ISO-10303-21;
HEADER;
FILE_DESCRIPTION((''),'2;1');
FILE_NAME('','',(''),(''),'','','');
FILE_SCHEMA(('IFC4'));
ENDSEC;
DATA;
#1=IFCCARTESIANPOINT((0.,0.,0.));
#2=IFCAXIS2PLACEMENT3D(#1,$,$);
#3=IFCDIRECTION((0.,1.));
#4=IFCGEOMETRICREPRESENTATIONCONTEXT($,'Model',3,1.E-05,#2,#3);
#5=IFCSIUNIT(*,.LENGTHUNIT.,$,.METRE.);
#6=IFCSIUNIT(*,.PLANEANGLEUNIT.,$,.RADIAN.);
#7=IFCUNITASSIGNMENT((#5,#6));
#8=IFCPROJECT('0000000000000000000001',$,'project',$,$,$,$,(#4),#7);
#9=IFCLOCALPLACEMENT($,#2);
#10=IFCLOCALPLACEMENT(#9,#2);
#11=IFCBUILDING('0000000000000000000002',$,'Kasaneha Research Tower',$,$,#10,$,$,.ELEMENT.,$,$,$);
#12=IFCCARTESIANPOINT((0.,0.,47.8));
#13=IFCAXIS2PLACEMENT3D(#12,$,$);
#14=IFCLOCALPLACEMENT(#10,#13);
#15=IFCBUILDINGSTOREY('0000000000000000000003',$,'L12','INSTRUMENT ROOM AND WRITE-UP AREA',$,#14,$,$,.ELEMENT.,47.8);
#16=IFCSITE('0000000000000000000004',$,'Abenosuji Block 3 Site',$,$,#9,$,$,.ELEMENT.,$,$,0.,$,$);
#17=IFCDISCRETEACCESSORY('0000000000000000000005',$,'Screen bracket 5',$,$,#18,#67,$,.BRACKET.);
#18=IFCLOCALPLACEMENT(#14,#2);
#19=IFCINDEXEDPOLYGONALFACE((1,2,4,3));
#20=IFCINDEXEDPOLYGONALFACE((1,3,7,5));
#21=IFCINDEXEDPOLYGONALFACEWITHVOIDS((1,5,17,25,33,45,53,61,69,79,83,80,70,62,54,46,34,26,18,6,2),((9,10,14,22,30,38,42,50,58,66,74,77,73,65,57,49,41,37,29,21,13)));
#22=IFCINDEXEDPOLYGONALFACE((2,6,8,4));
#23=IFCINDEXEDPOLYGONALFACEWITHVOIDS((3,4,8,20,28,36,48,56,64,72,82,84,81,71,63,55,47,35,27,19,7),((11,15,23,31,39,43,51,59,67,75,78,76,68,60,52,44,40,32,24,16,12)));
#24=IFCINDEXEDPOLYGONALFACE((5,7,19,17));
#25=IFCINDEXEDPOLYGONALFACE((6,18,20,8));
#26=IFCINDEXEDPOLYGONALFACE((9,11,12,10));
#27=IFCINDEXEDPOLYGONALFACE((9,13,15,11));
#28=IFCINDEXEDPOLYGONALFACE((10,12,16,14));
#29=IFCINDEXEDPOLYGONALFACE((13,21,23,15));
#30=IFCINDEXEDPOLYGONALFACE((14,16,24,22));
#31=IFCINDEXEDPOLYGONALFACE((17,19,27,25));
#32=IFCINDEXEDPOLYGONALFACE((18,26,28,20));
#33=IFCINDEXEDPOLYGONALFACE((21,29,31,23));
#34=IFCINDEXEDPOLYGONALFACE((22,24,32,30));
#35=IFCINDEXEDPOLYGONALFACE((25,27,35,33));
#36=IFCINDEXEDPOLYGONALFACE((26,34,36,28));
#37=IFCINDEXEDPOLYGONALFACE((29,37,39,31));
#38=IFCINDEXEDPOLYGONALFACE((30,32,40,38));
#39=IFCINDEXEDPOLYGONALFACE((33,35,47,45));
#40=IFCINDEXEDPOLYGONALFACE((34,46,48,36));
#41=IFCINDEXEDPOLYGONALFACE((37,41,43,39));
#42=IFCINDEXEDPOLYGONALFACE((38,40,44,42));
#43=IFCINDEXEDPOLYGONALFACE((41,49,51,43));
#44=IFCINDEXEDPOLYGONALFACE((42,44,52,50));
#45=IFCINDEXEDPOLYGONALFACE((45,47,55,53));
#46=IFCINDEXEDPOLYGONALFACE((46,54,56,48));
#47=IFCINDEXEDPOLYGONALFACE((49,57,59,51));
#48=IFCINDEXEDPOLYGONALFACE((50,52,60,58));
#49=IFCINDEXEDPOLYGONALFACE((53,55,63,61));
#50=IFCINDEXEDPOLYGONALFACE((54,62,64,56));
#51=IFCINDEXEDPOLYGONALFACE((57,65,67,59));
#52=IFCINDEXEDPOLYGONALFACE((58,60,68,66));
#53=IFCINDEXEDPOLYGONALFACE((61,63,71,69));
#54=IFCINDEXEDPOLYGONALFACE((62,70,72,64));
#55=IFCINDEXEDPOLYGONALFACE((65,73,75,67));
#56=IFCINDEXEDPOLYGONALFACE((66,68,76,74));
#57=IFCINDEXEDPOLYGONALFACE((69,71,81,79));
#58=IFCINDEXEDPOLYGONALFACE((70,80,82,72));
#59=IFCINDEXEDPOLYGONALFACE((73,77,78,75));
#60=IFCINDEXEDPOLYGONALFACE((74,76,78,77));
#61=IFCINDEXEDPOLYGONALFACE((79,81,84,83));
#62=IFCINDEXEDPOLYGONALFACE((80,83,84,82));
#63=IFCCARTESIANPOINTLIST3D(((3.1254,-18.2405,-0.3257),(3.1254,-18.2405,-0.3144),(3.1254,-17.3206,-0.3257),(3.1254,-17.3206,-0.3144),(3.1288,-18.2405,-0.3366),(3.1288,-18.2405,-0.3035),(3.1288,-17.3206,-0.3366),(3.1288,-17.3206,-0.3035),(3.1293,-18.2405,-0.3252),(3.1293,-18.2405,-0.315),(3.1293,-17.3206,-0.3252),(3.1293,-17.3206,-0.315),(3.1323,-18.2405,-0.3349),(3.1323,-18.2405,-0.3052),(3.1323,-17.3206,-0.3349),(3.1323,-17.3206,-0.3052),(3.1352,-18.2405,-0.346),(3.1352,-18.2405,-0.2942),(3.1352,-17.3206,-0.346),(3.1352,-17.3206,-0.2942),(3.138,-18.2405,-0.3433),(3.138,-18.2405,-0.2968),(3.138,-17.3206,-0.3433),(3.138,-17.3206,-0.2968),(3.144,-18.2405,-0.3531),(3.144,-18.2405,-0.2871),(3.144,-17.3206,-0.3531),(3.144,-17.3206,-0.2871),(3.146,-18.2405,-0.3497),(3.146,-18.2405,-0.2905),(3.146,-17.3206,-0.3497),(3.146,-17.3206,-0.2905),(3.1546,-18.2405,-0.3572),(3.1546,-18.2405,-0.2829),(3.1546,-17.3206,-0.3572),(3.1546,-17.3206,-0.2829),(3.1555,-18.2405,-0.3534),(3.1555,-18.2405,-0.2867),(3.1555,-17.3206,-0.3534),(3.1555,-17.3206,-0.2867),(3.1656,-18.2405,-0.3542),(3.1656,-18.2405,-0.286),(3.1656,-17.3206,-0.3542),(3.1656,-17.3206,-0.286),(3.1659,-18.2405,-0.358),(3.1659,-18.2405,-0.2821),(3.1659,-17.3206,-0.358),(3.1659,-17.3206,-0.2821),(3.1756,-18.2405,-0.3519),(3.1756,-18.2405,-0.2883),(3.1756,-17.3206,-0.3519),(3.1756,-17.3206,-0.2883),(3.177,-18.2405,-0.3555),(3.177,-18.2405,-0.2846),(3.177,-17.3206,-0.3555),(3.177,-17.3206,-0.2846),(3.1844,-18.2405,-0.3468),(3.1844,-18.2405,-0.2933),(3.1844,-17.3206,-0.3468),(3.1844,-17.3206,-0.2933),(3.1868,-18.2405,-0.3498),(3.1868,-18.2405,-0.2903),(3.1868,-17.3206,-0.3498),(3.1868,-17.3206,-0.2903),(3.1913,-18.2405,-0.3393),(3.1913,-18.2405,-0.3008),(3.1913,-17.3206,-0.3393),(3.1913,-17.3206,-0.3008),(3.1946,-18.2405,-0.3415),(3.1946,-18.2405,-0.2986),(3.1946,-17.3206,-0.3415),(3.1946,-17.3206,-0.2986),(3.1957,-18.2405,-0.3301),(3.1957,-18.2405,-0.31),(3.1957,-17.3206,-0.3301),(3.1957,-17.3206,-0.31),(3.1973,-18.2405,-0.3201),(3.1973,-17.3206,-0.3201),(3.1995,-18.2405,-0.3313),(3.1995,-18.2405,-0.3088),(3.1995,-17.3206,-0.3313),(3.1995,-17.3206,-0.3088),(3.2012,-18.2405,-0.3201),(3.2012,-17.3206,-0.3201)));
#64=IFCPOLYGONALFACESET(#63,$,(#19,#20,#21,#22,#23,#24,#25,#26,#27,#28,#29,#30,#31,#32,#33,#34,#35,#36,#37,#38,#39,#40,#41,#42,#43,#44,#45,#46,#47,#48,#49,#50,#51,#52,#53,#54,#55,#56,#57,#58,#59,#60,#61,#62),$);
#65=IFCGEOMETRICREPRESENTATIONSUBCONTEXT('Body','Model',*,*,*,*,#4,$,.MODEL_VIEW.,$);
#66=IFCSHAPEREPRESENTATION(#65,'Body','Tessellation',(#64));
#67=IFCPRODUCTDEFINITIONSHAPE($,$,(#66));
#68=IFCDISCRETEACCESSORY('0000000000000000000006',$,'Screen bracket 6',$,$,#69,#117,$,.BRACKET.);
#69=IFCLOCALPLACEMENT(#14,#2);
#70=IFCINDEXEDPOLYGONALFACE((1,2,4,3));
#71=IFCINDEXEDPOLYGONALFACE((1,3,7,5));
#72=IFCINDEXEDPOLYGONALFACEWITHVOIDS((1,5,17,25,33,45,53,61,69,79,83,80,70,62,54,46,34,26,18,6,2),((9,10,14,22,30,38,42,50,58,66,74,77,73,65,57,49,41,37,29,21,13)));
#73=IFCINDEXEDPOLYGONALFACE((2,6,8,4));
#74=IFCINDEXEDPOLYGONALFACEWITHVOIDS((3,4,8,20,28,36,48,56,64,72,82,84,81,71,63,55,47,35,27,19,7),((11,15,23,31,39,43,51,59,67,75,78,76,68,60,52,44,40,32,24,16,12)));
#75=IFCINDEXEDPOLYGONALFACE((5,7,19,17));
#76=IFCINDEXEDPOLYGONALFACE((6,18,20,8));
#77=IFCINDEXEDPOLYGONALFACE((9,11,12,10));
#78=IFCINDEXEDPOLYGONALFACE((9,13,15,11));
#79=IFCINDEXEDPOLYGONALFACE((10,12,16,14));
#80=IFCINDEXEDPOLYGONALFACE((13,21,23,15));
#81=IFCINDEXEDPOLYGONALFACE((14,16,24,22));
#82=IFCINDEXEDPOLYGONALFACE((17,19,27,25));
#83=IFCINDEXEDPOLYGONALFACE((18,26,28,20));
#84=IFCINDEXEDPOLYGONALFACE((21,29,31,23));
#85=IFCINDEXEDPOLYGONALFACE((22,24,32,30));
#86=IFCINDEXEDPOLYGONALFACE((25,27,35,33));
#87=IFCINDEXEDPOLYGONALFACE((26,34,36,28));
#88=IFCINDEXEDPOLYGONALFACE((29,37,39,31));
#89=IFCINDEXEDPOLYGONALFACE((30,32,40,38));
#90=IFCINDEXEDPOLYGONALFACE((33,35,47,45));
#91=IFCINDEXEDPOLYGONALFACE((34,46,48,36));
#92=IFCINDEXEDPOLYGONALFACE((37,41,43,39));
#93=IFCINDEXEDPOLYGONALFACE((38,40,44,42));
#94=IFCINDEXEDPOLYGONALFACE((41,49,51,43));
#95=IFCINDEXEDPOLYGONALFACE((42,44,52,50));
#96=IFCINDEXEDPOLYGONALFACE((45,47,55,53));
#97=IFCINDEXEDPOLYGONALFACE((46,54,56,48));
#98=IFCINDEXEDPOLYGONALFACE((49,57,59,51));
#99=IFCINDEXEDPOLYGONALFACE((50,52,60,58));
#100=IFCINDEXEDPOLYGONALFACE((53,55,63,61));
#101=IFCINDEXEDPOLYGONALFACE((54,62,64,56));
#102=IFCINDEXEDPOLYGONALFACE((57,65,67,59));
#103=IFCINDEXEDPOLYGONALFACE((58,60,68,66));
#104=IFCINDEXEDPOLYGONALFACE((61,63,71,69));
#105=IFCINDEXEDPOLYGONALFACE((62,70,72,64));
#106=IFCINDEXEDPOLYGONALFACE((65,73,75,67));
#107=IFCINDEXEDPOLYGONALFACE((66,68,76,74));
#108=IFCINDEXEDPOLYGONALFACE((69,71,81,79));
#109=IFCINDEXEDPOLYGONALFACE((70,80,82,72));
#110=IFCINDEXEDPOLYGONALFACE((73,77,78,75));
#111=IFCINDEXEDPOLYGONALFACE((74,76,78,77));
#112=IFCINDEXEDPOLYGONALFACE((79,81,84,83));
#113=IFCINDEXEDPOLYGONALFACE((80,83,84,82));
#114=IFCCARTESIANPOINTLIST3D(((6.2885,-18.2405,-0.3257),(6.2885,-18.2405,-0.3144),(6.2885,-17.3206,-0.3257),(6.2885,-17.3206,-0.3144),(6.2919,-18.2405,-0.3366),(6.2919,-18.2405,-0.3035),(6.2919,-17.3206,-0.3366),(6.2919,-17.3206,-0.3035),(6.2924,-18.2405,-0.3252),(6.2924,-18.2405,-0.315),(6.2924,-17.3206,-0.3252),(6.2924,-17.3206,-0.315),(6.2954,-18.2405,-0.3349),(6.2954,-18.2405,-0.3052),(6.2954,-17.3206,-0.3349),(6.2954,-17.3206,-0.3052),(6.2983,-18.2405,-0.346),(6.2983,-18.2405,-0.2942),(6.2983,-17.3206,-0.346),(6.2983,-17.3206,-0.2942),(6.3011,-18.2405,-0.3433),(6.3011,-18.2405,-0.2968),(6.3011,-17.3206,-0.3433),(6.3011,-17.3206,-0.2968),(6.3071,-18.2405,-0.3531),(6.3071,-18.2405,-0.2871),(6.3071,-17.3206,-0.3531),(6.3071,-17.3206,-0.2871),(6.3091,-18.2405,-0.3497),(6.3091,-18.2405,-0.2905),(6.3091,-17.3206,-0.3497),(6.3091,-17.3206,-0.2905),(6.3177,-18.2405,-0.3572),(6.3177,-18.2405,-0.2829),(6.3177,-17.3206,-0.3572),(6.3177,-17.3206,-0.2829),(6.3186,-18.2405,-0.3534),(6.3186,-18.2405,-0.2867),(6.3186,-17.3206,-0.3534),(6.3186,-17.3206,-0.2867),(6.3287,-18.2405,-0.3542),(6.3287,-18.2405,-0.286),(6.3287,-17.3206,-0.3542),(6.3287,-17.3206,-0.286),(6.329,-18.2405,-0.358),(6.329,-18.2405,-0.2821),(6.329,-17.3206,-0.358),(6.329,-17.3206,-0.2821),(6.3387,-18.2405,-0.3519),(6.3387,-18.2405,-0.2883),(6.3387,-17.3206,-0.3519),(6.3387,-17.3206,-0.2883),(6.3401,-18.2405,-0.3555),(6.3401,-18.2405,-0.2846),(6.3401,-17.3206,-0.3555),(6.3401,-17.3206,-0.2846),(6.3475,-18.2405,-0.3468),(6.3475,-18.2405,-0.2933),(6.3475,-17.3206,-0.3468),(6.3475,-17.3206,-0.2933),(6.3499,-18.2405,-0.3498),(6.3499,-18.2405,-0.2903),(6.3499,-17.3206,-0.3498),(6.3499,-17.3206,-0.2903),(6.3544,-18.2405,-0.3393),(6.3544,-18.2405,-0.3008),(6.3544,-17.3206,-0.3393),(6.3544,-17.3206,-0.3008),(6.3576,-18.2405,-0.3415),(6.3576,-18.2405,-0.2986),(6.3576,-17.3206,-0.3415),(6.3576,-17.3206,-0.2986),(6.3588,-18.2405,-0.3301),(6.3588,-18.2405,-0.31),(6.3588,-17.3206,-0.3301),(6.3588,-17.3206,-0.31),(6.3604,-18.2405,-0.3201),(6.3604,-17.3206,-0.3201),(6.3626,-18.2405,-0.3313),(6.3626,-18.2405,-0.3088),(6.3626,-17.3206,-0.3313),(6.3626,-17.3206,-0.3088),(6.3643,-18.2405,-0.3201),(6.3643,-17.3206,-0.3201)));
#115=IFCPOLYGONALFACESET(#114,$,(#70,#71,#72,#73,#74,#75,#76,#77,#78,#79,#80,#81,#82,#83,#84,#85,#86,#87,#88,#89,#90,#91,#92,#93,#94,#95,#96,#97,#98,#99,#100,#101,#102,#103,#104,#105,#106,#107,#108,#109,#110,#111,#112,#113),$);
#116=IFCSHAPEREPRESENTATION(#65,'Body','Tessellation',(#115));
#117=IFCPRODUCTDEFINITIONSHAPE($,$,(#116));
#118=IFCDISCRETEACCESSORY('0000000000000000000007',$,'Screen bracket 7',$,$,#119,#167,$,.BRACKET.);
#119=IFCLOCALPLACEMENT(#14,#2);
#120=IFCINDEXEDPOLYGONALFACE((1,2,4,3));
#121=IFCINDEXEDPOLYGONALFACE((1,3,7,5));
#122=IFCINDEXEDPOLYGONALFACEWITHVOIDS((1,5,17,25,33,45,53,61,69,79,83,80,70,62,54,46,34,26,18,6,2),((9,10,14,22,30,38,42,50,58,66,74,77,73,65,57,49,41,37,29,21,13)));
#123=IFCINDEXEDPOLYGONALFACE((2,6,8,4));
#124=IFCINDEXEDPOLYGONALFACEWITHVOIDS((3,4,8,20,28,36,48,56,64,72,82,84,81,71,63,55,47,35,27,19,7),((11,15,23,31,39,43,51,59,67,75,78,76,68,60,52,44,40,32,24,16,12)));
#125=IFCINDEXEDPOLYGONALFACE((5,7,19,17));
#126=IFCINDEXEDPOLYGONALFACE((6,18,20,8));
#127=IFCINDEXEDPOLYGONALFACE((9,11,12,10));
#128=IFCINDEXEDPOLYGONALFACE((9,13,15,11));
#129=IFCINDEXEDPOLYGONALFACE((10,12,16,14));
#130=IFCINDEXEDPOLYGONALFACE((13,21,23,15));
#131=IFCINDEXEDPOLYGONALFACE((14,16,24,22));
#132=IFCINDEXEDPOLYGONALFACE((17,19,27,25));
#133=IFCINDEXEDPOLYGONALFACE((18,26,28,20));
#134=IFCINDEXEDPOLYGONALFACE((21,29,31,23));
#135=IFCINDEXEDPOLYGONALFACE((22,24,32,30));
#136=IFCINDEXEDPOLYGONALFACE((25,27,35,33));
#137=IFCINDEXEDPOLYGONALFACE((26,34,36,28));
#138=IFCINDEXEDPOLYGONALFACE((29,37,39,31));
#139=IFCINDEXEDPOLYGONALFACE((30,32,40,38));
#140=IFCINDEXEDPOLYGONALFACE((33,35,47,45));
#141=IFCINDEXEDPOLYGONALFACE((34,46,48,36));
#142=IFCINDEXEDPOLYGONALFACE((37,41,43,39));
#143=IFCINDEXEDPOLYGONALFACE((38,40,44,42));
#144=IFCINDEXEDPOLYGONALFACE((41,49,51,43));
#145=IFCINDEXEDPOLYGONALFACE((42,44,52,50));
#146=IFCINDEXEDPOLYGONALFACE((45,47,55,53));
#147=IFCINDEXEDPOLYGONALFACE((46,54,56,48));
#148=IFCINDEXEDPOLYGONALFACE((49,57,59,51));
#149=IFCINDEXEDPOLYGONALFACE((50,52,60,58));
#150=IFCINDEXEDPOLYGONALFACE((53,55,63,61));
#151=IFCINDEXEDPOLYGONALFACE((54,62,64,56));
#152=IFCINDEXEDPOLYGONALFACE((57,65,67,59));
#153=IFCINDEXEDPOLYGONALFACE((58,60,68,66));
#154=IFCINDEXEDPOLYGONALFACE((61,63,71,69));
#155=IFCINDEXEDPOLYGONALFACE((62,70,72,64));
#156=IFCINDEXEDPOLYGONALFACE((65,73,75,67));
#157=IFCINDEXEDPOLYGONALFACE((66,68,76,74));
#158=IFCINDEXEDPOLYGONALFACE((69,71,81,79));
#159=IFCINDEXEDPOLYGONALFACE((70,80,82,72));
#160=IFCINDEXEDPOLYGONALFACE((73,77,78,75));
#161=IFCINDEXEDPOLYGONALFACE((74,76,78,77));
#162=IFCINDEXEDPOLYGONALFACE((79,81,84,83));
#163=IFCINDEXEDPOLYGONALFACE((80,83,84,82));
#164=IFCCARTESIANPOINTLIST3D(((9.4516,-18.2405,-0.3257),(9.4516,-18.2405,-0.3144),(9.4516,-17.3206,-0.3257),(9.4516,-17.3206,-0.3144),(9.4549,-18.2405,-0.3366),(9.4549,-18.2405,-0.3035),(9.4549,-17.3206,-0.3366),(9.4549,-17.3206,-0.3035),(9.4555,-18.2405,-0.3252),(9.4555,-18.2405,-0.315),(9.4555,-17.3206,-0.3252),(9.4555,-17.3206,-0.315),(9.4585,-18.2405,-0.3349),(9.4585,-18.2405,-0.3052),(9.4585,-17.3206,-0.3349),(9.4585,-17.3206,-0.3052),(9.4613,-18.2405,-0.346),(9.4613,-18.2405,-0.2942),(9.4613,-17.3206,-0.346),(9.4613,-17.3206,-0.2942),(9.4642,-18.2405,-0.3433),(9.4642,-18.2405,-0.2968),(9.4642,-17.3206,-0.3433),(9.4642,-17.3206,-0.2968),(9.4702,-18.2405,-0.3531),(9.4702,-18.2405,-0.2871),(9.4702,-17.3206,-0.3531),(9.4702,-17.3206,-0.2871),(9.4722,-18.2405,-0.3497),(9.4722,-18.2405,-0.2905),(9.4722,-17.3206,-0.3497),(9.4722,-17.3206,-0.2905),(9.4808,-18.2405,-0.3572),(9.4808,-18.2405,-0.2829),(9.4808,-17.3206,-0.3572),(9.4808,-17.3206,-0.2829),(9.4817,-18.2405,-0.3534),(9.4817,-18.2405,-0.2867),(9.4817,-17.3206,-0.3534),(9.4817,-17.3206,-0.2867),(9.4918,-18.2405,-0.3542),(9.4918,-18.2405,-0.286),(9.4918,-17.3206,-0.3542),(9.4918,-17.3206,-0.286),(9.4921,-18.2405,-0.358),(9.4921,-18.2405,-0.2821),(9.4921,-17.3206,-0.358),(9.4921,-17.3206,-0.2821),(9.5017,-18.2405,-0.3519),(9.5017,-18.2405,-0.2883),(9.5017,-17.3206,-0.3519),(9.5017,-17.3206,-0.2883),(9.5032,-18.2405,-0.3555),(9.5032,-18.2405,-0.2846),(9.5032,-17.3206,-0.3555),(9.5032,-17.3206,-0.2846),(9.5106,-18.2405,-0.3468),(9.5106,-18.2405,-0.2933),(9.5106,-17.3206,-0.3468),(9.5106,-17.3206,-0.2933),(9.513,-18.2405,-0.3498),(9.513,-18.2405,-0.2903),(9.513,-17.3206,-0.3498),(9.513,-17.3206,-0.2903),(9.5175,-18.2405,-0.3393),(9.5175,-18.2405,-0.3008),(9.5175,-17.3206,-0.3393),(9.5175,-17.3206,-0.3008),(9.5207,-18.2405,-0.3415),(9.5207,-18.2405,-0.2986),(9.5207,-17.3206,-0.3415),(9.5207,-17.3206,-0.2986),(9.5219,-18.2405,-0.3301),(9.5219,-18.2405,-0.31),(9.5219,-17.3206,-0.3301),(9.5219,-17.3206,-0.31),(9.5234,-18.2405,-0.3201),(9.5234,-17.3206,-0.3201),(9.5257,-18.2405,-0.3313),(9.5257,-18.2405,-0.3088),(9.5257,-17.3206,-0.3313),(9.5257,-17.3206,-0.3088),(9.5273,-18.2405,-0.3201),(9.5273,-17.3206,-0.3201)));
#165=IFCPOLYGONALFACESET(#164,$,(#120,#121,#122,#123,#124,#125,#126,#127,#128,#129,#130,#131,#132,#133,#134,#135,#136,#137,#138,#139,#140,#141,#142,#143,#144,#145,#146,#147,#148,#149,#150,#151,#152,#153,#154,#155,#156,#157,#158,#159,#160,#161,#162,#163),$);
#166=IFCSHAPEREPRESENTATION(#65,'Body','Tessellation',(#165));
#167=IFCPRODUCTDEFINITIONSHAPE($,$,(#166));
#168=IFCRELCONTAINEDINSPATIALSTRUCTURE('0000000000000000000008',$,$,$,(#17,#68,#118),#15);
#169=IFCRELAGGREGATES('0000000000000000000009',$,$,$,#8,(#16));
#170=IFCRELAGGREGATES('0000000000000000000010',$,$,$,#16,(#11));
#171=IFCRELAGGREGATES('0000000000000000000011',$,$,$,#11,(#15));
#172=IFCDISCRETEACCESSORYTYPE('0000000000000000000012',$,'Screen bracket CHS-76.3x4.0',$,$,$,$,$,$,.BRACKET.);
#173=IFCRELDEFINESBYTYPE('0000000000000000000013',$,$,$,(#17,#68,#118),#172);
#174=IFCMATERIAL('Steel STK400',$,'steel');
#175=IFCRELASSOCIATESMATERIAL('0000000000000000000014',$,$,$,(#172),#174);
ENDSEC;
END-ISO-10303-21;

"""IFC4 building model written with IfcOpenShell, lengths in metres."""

from ifc_helpers import new_model, si_unit, direction, frame, origin, origin_2d, place, context, subcontext, project, spatial, hollow_circle, extrude, material, material_profile, profile_set, type_object, element, save


model = new_model("IFC4")

# Units and contexts
model_context = context("Model", 3, precision=1e-05, world=origin(), true_north=direction((0.0, 1.0)))
body_context = subcontext(model_context, "Body", "Model", "MODEL_VIEW")
ifc_project = project(units=[si_unit("LENGTHUNIT", "METRE"), si_unit("PLANEANGLEUNIT", "RADIAN")], contexts=[model_context])

# Site, building, storey
site_placement = place(None, origin())
site = spatial("IfcSite", under=ifc_project, at=site_placement, Name="Abenosuji Block 3 Site", CompositionType="ELEMENT", RefElevation=0.0)
building_placement = place(site_placement, origin())
building = spatial("IfcBuilding", under=site, at=building_placement, Name="Kasaneha Research Tower", CompositionType="ELEMENT")
storey_placement = place(building_placement, frame((0.0, 0.0, 47.8)))
storey = spatial("IfcBuildingStorey", under=building, at=storey_placement, Name="L12", Description="INSTRUMENT ROOM AND WRITE-UP AREA", CompositionType="ELEMENT", Elevation=47.8)

# Discrete accessories
ifc_material_1 = material(Name="Steel STK400", Category="steel")
ifc_material_profile_1 = material_profile(ifc_material_1, hollow_circle(Radius=0.0381, WallThickness=0.0039, at=origin_2d()), Name="CHS-76.3x4.0")
ifc_profile_set_1 = profile_set([ifc_material_profile_1], Name="Steel STK400")
discrete_accessory_type = type_object("IfcDiscreteAccessoryType", Name="Screen bracket CHS-76.3x4.0", PredefinedType="BRACKET", material=ifc_profile_set_1)
for number, where, z_axis, x_axis, name in (
    (1, (3.1631, -17.3206, -0.3201), (0.0, -1.0, 0.0), (1.0, 0.0, 0.0), "Screen bracket 5"),
    (2, (6.3262, -17.3206, -0.3201), (0.0, -1.0, 0.0), (1.0, 0.0, 0.0), "Screen bracket 6"),
    (3, (9.4893, -17.3206, -0.3201), (0.0, -1.0, 0.0), (1.0, 0.0, 0.0), "Screen bracket 7"),
):
    element("IfcDiscreteAccessory", number, at=place(storey_placement, frame(where, z_axis=z_axis, x_axis=x_axis)), inside=storey, type_object=discrete_accessory_type, Name=name, PredefinedType="BRACKET", context=body_context, shape_type="SweptSolid", body=[
        extrude(hollow_circle(Radius=0.0381, WallThickness=0.0039, at=origin_2d()), origin(), (0.0, 0.0, 1.0), 0.9199),
    ])

save(model, "model.ifc")
